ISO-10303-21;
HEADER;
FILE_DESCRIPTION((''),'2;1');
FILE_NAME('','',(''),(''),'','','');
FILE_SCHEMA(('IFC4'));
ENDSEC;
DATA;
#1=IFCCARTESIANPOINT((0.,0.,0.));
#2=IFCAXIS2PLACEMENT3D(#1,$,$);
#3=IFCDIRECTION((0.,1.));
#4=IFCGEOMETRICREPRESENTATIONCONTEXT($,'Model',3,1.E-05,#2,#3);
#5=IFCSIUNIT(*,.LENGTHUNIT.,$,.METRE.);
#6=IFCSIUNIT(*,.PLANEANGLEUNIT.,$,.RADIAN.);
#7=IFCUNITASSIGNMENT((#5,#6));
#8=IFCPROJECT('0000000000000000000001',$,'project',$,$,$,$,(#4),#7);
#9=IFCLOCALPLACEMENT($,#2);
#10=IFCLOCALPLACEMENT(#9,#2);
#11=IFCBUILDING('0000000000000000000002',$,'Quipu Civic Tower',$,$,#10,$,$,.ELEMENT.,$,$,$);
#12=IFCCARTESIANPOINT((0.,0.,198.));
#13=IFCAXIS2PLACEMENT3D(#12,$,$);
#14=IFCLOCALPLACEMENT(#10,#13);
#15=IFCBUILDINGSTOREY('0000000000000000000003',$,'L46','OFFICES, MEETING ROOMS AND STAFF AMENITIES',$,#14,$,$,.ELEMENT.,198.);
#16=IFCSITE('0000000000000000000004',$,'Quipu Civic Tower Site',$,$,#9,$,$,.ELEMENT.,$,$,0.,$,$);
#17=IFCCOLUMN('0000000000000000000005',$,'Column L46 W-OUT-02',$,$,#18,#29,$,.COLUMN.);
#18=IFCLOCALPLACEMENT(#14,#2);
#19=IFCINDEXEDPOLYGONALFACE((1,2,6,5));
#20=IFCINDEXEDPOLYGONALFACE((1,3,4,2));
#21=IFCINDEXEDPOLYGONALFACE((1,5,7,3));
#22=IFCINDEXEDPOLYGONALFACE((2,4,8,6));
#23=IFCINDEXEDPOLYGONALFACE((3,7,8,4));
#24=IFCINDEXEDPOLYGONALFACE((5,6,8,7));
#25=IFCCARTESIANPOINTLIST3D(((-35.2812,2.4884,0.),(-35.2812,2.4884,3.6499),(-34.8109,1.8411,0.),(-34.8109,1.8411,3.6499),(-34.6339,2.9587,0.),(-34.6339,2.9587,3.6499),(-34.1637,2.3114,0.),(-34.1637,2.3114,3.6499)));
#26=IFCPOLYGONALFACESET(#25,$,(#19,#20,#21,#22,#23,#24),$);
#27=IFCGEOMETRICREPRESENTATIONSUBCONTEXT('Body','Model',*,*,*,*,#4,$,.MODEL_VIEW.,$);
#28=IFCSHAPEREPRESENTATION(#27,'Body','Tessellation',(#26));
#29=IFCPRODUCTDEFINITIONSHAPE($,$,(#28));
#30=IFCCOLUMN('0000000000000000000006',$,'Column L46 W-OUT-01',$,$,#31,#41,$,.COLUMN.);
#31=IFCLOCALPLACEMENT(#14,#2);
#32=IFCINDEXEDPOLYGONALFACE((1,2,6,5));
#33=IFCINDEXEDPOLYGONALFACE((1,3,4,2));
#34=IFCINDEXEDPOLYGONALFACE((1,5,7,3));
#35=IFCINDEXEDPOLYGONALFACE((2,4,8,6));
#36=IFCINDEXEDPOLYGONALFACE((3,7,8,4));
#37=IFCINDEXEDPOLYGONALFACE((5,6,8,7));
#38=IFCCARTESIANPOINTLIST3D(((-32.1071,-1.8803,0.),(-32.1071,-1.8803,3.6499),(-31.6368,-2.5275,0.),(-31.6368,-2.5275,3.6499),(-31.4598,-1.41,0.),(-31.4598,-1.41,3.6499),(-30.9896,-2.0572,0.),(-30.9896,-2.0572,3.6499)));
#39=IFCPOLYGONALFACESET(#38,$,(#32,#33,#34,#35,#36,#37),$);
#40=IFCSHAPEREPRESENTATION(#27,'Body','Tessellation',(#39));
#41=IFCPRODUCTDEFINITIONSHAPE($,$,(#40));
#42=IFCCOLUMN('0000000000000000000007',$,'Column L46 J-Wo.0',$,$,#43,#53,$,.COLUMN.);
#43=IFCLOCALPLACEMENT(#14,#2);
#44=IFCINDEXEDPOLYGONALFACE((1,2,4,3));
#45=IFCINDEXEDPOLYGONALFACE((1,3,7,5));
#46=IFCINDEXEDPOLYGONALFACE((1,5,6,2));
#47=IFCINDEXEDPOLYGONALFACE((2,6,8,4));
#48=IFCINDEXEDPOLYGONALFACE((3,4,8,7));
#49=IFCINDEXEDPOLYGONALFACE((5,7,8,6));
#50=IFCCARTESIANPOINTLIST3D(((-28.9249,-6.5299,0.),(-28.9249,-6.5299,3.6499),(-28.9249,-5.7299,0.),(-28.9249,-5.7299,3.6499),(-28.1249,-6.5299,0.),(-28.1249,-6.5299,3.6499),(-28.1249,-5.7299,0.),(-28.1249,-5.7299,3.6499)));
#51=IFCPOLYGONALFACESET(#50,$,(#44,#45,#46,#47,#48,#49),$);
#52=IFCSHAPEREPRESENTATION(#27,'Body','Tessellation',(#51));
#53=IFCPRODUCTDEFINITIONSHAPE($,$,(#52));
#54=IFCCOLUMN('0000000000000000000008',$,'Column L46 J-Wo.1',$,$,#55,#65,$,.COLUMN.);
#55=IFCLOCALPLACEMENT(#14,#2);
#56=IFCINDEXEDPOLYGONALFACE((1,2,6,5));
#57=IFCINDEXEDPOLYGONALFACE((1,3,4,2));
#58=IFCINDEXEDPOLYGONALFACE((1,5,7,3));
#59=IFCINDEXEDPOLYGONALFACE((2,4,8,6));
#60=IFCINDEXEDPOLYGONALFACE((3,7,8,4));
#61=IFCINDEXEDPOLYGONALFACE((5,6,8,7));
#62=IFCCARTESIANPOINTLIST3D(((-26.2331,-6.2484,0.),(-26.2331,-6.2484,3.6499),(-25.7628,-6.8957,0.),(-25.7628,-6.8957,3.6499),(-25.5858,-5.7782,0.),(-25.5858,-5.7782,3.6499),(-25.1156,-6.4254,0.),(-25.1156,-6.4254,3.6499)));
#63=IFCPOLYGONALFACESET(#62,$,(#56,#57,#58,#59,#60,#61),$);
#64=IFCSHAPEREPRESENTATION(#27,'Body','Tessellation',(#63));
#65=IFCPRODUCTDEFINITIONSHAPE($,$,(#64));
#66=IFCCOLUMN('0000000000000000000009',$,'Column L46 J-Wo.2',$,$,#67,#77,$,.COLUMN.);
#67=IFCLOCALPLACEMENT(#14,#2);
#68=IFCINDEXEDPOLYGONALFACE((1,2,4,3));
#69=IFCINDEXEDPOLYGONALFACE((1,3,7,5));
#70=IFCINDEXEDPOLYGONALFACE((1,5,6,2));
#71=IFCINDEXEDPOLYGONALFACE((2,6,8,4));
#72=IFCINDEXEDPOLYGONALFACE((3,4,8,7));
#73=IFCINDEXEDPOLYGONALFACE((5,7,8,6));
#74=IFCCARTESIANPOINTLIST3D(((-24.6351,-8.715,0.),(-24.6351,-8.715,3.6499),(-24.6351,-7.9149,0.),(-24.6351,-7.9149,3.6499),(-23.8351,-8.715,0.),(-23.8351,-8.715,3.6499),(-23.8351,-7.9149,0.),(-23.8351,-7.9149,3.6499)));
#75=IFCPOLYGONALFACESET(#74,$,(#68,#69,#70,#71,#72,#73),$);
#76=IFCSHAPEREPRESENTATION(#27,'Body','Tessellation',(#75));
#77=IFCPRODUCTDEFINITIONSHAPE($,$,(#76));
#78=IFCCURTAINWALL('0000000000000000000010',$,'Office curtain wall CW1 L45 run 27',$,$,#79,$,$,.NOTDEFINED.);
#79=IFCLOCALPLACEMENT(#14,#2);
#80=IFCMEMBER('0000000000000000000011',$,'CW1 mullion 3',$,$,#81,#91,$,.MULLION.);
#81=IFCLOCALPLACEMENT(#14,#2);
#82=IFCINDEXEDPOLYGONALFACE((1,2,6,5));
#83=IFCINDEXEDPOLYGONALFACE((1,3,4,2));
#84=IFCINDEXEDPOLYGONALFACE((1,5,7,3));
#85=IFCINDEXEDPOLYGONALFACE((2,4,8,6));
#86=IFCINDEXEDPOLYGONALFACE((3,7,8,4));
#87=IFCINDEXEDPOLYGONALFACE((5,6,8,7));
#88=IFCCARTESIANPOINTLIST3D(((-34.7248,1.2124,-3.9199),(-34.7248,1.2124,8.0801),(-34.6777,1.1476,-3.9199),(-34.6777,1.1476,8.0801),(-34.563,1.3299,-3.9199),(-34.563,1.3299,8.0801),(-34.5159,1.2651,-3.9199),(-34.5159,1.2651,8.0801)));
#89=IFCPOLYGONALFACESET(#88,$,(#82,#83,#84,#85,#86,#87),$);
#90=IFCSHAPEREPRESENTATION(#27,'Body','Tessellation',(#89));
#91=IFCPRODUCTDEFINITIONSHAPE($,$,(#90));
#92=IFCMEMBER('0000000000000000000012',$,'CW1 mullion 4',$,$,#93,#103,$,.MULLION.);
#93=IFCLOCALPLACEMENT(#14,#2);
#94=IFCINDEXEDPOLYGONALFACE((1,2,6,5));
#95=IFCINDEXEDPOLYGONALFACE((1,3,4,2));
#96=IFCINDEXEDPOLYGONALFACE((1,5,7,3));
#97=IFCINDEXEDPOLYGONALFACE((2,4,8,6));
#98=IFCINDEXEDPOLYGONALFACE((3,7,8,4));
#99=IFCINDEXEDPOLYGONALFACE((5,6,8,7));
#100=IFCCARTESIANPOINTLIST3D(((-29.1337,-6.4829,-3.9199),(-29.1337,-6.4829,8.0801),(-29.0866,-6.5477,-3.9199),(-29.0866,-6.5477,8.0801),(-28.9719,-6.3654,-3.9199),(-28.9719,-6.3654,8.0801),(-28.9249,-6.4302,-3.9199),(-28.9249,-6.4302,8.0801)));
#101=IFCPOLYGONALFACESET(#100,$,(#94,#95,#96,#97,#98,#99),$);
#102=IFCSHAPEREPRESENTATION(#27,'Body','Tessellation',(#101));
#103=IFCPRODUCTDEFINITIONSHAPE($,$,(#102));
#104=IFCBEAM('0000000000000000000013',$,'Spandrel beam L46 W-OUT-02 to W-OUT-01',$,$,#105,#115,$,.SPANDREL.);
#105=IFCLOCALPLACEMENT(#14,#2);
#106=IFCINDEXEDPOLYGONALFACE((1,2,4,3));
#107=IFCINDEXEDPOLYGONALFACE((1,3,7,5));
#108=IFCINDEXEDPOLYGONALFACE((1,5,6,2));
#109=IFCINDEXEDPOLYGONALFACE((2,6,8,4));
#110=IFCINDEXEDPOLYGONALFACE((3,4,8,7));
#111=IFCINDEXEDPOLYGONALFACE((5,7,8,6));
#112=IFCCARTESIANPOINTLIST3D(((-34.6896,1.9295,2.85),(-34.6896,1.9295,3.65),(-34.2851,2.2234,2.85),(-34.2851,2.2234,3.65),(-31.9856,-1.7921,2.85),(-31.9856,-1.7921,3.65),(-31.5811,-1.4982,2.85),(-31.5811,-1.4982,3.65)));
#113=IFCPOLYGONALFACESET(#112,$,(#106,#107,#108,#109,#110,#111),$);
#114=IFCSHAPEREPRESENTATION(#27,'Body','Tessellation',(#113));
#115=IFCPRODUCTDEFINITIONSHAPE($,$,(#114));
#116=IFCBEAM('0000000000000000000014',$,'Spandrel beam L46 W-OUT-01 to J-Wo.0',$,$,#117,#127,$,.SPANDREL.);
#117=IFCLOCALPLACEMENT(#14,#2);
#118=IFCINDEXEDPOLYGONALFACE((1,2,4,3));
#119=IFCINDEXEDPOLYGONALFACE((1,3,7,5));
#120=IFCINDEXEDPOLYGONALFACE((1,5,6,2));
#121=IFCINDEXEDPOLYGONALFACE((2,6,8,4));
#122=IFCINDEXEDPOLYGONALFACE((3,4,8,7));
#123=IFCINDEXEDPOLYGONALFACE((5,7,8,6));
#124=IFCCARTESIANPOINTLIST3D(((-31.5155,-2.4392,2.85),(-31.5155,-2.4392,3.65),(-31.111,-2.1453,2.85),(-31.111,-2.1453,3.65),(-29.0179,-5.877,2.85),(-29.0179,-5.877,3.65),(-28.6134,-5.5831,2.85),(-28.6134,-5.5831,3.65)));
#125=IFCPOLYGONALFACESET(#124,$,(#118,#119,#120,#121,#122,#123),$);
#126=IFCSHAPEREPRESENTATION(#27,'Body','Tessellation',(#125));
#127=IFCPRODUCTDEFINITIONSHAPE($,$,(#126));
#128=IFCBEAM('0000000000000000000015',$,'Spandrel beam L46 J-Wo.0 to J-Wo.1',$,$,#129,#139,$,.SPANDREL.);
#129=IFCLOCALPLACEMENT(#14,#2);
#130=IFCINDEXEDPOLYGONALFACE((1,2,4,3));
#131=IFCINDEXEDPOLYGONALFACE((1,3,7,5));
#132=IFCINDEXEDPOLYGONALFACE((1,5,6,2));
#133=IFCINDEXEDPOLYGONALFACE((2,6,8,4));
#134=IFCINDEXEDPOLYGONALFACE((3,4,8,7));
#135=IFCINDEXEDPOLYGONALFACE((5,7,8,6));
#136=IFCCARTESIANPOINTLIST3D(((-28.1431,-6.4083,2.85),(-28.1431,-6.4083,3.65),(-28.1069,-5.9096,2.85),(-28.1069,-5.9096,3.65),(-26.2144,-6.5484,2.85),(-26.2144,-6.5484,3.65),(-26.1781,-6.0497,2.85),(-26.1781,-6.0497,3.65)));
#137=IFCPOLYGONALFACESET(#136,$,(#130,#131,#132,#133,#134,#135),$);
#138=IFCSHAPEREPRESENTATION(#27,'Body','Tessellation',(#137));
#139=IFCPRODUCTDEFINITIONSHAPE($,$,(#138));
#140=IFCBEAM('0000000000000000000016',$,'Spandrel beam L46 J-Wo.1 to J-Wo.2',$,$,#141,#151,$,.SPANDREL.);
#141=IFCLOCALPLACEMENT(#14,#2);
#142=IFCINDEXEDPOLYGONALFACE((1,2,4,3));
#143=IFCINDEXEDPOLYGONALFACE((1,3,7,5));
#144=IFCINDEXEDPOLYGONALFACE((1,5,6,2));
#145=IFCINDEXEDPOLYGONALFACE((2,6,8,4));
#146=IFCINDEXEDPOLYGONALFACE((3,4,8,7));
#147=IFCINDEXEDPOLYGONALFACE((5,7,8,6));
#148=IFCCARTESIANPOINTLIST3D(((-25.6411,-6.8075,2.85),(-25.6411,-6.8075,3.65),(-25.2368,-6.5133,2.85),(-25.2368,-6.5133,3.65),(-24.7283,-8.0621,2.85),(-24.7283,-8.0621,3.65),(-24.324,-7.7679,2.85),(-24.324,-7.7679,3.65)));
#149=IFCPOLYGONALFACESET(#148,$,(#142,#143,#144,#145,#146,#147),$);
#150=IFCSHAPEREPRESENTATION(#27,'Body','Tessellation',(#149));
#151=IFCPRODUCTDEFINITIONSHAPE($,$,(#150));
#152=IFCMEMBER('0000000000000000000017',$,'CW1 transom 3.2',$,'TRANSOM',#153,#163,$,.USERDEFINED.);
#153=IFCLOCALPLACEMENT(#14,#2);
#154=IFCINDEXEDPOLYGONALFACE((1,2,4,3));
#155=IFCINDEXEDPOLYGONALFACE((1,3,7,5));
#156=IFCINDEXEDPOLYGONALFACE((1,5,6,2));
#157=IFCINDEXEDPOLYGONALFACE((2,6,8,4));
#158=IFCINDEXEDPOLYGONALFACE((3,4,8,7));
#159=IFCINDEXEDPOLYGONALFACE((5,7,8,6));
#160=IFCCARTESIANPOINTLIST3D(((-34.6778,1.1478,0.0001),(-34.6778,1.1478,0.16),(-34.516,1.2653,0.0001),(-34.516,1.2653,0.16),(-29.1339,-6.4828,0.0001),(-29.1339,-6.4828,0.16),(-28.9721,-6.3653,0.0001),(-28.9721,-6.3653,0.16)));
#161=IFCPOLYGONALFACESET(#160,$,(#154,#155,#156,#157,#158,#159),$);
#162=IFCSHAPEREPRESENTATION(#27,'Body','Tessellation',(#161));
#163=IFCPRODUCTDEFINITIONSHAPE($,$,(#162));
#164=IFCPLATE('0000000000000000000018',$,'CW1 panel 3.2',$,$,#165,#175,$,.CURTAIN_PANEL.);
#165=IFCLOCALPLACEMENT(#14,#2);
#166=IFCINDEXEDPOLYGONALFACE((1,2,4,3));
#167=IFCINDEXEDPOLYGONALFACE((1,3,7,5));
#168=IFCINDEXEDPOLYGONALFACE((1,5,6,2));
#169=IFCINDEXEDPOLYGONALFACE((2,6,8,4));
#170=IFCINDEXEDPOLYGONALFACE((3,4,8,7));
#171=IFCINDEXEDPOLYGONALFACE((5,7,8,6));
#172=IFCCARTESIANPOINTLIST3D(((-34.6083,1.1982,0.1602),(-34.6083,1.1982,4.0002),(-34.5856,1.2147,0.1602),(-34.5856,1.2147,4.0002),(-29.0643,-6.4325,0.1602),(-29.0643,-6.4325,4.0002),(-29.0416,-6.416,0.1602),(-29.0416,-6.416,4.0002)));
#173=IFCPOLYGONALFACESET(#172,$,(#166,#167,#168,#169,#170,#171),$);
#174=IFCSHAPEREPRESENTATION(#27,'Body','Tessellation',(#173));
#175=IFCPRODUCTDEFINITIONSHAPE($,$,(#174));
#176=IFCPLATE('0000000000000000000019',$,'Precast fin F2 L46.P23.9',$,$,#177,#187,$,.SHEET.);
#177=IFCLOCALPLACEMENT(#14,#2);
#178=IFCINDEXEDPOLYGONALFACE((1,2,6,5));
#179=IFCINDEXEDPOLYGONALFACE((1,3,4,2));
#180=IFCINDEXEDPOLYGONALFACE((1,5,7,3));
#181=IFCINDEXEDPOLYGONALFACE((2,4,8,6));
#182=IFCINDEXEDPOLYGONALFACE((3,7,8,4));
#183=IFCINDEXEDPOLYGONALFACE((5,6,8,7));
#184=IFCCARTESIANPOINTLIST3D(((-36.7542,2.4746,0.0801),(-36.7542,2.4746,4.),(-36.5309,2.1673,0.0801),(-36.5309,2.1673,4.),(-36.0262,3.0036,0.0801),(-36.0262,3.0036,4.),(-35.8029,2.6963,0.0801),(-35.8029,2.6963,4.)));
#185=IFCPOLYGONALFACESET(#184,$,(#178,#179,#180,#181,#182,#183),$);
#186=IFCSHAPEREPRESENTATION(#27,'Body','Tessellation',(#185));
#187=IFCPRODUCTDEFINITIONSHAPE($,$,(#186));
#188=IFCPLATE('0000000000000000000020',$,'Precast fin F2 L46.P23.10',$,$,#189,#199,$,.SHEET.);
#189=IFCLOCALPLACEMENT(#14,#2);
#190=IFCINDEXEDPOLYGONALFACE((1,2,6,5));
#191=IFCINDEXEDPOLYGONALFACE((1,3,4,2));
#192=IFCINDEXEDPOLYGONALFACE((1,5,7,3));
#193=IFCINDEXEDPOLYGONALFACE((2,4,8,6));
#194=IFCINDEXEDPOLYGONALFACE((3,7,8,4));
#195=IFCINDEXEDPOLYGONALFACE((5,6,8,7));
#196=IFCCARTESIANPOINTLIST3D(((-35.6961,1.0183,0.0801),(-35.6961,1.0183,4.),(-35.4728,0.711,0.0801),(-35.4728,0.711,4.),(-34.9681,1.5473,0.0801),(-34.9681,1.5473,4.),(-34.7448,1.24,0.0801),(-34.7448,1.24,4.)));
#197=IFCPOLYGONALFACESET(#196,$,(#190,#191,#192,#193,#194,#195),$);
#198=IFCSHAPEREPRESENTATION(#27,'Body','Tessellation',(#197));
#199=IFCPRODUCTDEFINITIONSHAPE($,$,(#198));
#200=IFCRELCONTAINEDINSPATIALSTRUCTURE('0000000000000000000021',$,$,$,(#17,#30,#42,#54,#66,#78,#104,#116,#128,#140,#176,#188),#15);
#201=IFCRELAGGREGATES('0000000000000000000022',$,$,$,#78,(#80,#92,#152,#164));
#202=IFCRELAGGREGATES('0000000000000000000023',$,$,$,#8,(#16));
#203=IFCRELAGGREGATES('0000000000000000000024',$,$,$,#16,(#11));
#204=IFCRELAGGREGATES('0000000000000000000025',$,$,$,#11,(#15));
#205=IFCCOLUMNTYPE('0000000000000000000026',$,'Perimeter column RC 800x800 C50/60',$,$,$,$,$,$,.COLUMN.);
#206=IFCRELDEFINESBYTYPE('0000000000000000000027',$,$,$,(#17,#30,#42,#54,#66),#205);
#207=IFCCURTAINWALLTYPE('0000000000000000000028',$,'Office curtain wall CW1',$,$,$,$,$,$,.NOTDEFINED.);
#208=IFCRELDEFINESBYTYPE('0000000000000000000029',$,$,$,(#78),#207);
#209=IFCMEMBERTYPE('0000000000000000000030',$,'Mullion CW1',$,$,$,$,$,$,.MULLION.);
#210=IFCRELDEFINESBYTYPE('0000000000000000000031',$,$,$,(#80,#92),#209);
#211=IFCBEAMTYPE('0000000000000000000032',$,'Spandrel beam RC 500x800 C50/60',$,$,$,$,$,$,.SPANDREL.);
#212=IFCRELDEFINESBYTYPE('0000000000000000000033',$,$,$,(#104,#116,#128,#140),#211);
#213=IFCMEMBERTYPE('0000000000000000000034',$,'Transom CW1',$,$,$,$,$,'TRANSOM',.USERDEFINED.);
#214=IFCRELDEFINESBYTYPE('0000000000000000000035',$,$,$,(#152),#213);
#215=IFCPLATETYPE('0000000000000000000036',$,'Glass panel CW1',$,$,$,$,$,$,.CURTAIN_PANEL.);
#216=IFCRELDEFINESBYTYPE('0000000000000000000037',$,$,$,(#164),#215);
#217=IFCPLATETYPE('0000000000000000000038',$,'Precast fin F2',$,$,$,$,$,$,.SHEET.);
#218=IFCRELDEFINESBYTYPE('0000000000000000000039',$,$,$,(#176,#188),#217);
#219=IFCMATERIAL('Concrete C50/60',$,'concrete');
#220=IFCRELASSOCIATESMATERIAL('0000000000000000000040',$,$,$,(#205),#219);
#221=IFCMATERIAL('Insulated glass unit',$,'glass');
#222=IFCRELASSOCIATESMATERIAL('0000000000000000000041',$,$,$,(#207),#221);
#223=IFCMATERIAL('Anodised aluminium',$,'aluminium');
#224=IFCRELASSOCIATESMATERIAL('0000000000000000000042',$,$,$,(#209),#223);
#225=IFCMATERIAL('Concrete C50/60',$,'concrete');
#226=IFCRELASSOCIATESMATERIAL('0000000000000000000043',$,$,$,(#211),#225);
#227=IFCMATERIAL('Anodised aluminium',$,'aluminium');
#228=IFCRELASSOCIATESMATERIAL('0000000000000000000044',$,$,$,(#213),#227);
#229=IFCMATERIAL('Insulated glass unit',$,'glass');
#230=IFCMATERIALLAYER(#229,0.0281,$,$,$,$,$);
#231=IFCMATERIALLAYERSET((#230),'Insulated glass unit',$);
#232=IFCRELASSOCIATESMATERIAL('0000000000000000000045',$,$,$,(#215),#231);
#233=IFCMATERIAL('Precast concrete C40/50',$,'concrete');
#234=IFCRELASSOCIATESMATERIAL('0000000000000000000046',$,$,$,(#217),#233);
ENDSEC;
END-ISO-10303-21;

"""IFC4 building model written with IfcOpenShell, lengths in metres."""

from ifc_helpers import new_model, si_unit, direction, frame, origin, origin_2d, place, context, subcontext, project, spatial, rectangle, extrude, material, layer, layer_set, material_profile, profile_set, type_object, element, aggregate, save


model = new_model("IFC4")

# Units and contexts
model_context = context("Model", 3, precision=1e-05, world=origin(), true_north=direction((0.0, 1.0)))
body_context = subcontext(model_context, "Body", "Model", "MODEL_VIEW")
ifc_project = project(units=[si_unit("LENGTHUNIT", "METRE"), si_unit("PLANEANGLEUNIT", "RADIAN")], contexts=[model_context])

# Site, building, storey
site_placement = place(None, origin())
site = spatial("IfcSite", under=ifc_project, at=site_placement, Name="Quipu Civic Tower Site", CompositionType="ELEMENT", RefElevation=0.0)
building_placement = place(site_placement, origin())
building = spatial("IfcBuilding", under=site, at=building_placement, Name="Quipu Civic Tower", CompositionType="ELEMENT")
storey_placement = place(building_placement, frame((0.0, 0.0, 198.0)))
storey = spatial("IfcBuildingStorey", under=building, at=storey_placement, Name="L46", Description="OFFICES, MEETING ROOMS AND STAFF AMENITIES", CompositionType="ELEMENT", Elevation=198.0)

# Columns
ifc_material_1 = material(Name="Concrete C50/60", Category="concrete")
ifc_material_profile_1 = material_profile(ifc_material_1, rectangle(XDim=0.8, YDim=0.8, at=origin_2d()), Name="RC800x800")
ifc_profile_set_1 = profile_set([ifc_material_profile_1], Name="Concrete C50/60")
column_type = type_object("IfcColumnType", Name="Perimeter column RC 800x800 C50/60", PredefinedType="COLUMN", material=ifc_profile_set_1)
for number, where, z_axis, x_axis, name in (
    (1, (-34.7224, 2.3999, 0.0), (0.0, 0.0, 1.0), (0.587785, -0.809017, 0.0), "Column L46 W-OUT-02"),
    (2, (-31.5483, -1.9688, 0.0), (0.0, 0.0, 1.0), (0.587785, -0.809017, 0.0), "Column L46 W-OUT-01"),
    (3, (-28.5249, -6.1299, 0.0), (0.0, 0.0, 1.0), (1.0, 0.0, 0.0), "Column L46 J-Wo.0"),
    (4, (-25.6743, -6.3369, 0.0), (0.0, 0.0, 1.0), (0.587785, -0.809017, 0.0), "Column L46 J-Wo.1"),
    (5, (-24.2351, -8.3149, 0.0), (0.0, 0.0, 1.0), (1.0, 0.0, 0.0), "Column L46 J-Wo.2"),
):
    element("IfcColumn", number, at=place(storey_placement, frame(where, z_axis=z_axis, x_axis=x_axis)), inside=storey, type_object=column_type, Name=name, PredefinedType="COLUMN", context=body_context, shape_type="SweptSolid", body=[
        extrude(rectangle(XDim=0.8, YDim=0.8, at=origin_2d()), origin(), (0.0, 0.0, 1.0), 3.6499),
    ])

# Curtain wall, members
ifc_material_2 = material(Name="Insulated glass unit", Category="glass")
curtain_wall_type = type_object("IfcCurtainWallType", Name="Office curtain wall CW1", PredefinedType="NOTDEFINED", material=ifc_material_2)
curtain_wall_placement = place(storey_placement, origin())
curtain_wall = element("IfcCurtainWall", 6, at=curtain_wall_placement, inside=storey, type_object=curtain_wall_type, Name="Office curtain wall CW1 L45 run 27", PredefinedType="NOTDEFINED")
ifc_material_3 = material(Name="Anodised aluminium", Category="aluminium")
ifc_material_profile_2 = material_profile(ifc_material_3, rectangle(XDim=0.2, YDim=0.0801, at=origin_2d()), Name="RECT 200x80")
ifc_profile_set_2 = profile_set([ifc_material_profile_2], Name="Anodised aluminium")
member_type_1 = type_object("IfcMemberType", Name="Mullion CW1", PredefinedType="MULLION", material=ifc_profile_set_2)
member_1_placement = place(storey_placement, frame((-34.6204, 1.2388, -3.9199), z_axis=(0.0, 0.0, 1.0), x_axis=(0.809017, 0.587786, 0.0)))
member_1 = element("IfcMember", 7, at=member_1_placement, type_object=member_type_1, Name="CW1 mullion 3", PredefinedType="MULLION", context=body_context, shape_type="SweptSolid", body=[
    extrude(rectangle(XDim=0.2, YDim=0.0801, at=origin_2d()), origin(), (0.0, 0.0, 1.0), 12.0),
])
member_2_placement = place(storey_placement, frame((-29.0293, -6.4565, -3.9199), z_axis=(0.0, 0.0, 1.0), x_axis=(0.809017, 0.587786, 0.0)))
member_2 = element("IfcMember", 8, at=member_2_placement, type_object=member_type_1, Name="CW1 mullion 4", PredefinedType="MULLION", context=body_context, shape_type="SweptSolid", body=[
    extrude(rectangle(XDim=0.2, YDim=0.0801, at=origin_2d()), origin(), (0.0, 0.0, 1.0), 12.0),
])

# Beams
ifc_material_4 = material(Name="Concrete C50/60", Category="concrete")
ifc_material_profile_3 = material_profile(ifc_material_4, rectangle(XDim=0.5, YDim=0.8, at=origin_2d()), Name="RC500x800")
ifc_profile_set_3 = profile_set([ifc_material_profile_3], Name="Concrete C50/60")
beam_type = type_object("IfcBeamType", Name="Spandrel beam RC 500x800 C50/60", PredefinedType="SPANDREL", material=ifc_profile_set_3)
beam_1_placement = place(storey_placement, frame((-34.4873, 2.0764, 3.25), z_axis=(0.587796, -0.809009, 0.0), x_axis=(0.809009, 0.587796, 0.0)))
element("IfcBeam", 9, at=beam_1_placement, inside=storey, type_object=beam_type, Name="Spandrel beam L46 W-OUT-02 to W-OUT-01", PredefinedType="SPANDREL", context=body_context, shape_type="SweptSolid", body=[
    extrude(rectangle(XDim=0.5, YDim=0.8, at=origin_2d()), origin(), (0.0, 0.0, 1.0), 4.6001),
])
beam_2_placement = place(storey_placement, frame((-31.3132, -2.2922, 3.25), z_axis=(0.587769, -0.809029, 0.0), x_axis=(0.809029, 0.587769, 0.0)))
element("IfcBeam", 10, at=beam_2_placement, inside=storey, type_object=beam_type, Name="Spandrel beam L46 W-OUT-01 to J-Wo.0", PredefinedType="SPANDREL", context=body_context, shape_type="SweptSolid", body=[
    extrude(rectangle(XDim=0.5, YDim=0.8, at=origin_2d()), origin(), (0.0, 0.0, 1.0), 4.2493),
])
beam_3_placement = place(storey_placement, frame((-28.125, -6.1589, 3.25), z_axis=(0.997371, -0.072467, 0.0), x_axis=(0.072467, 0.997371, 0.0)))
element("IfcBeam", 11, at=beam_3_placement, inside=storey, type_object=beam_type, Name="Spandrel beam L46 J-Wo.0 to J-Wo.1", PredefinedType="SPANDREL", context=body_context, shape_type="SweptSolid", body=[
    extrude(rectangle(XDim=0.5, YDim=0.8, at=origin_2d()), origin(), (0.0, 0.0, 1.0), 1.9338),
])
beam_4_placement = place(storey_placement, frame((-25.439, -6.6604, 3.25), z_axis=(0.588331, -0.80862, 0.0), x_axis=(0.80862, 0.588331, 0.0)))
element("IfcBeam", 12, at=beam_4_placement, inside=storey, type_object=beam_type, Name="Spandrel beam L46 J-Wo.1 to J-Wo.2", PredefinedType="SPANDREL", context=body_context, shape_type="SweptSolid", body=[
    extrude(rectangle(XDim=0.5, YDim=0.8, at=origin_2d()), origin(), (0.0, 0.0, 1.0), 1.5515),
])

# Member
ifc_material_5 = material(Name="Anodised aluminium", Category="aluminium")
ifc_material_profile_4 = material_profile(ifc_material_5, rectangle(XDim=0.2, YDim=0.1599, at=origin_2d()), Name="RECT 200x160")
ifc_profile_set_4 = profile_set([ifc_material_profile_4], Name="Anodised aluminium")
member_type_2 = type_object("IfcMemberType", Name="Transom CW1", ElementType="TRANSOM", PredefinedType="USERDEFINED", material=ifc_profile_set_4)
member_3_placement = place(storey_placement, frame((-34.5969, 1.2065, 0.0801), z_axis=(0.587784, -0.809018, 0.0), x_axis=(0.809018, 0.587784, 0.0)))
member_3 = element("IfcMember", 13, at=member_3_placement, type_object=member_type_2, Name="CW1 transom 3.2", ObjectType="TRANSOM", PredefinedType="USERDEFINED", context=body_context, shape_type="SweptSolid", body=[
    extrude(rectangle(XDim=0.2, YDim=0.1599, at=origin_2d()), origin(), (0.0, 0.0, 1.0), 9.4319),
])

# Plate
ifc_material_6 = material(Name="Insulated glass unit", Category="glass")
ifc_layer_1 = layer(ifc_material_6, 0.0281)
ifc_layer_set_1 = layer_set([ifc_layer_1], Name="Insulated glass unit")
plate_type_1 = type_object("IfcPlateType", Name="Glass panel CW1", PredefinedType="CURTAIN_PANEL", material=ifc_layer_set_1)
plate_placement = place(storey_placement, frame((-31.825, -2.6089, 0.1602), z_axis=(0.0, 0.0, 1.0), x_axis=(0.587786, -0.809017, 0.0)))
plate = element("IfcPlate", 14, at=plate_placement, type_object=plate_type_1, Name="CW1 panel 3.2", PredefinedType="CURTAIN_PANEL", context=body_context, shape_type="SweptSolid", body=[
    extrude(rectangle(XDim=9.4321, YDim=0.0281, at=origin_2d()), origin(), (0.0, 0.0, 1.0), 3.8401),
])
aggregate(curtain_wall, [member_1, member_2, member_3, plate])

# Plates
ifc_material_7 = material(Name="Precast concrete C40/50", Category="concrete")
plate_type_2 = type_object("IfcPlateType", Name="Precast fin F2", PredefinedType="SHEET", material=ifc_material_7)
for number, where, z_axis, x_axis, name in (
    (15, (-36.2786, 2.5854, 0.0801), (0.0, 0.0, 1.0), (0.587786, -0.809017, 0.0), "Precast fin F2 L46.P23.9"),
    (16, (-35.2205, 1.1292, 0.0801), (0.0, 0.0, 1.0), (0.587786, -0.809017, 0.0), "Precast fin F2 L46.P23.10"),
):
    element("IfcPlate", number, at=place(storey_placement, frame(where, z_axis=z_axis, x_axis=x_axis)), inside=storey, type_object=plate_type_2, Name=name, PredefinedType="SHEET", context=body_context, shape_type="SweptSolid", body=[
        extrude(rectangle(XDim=0.3799, YDim=0.8999, at=origin_2d()), origin(), (0.0, 0.0, 1.0), 3.9199),
    ])

save(model, "model.ifc")
